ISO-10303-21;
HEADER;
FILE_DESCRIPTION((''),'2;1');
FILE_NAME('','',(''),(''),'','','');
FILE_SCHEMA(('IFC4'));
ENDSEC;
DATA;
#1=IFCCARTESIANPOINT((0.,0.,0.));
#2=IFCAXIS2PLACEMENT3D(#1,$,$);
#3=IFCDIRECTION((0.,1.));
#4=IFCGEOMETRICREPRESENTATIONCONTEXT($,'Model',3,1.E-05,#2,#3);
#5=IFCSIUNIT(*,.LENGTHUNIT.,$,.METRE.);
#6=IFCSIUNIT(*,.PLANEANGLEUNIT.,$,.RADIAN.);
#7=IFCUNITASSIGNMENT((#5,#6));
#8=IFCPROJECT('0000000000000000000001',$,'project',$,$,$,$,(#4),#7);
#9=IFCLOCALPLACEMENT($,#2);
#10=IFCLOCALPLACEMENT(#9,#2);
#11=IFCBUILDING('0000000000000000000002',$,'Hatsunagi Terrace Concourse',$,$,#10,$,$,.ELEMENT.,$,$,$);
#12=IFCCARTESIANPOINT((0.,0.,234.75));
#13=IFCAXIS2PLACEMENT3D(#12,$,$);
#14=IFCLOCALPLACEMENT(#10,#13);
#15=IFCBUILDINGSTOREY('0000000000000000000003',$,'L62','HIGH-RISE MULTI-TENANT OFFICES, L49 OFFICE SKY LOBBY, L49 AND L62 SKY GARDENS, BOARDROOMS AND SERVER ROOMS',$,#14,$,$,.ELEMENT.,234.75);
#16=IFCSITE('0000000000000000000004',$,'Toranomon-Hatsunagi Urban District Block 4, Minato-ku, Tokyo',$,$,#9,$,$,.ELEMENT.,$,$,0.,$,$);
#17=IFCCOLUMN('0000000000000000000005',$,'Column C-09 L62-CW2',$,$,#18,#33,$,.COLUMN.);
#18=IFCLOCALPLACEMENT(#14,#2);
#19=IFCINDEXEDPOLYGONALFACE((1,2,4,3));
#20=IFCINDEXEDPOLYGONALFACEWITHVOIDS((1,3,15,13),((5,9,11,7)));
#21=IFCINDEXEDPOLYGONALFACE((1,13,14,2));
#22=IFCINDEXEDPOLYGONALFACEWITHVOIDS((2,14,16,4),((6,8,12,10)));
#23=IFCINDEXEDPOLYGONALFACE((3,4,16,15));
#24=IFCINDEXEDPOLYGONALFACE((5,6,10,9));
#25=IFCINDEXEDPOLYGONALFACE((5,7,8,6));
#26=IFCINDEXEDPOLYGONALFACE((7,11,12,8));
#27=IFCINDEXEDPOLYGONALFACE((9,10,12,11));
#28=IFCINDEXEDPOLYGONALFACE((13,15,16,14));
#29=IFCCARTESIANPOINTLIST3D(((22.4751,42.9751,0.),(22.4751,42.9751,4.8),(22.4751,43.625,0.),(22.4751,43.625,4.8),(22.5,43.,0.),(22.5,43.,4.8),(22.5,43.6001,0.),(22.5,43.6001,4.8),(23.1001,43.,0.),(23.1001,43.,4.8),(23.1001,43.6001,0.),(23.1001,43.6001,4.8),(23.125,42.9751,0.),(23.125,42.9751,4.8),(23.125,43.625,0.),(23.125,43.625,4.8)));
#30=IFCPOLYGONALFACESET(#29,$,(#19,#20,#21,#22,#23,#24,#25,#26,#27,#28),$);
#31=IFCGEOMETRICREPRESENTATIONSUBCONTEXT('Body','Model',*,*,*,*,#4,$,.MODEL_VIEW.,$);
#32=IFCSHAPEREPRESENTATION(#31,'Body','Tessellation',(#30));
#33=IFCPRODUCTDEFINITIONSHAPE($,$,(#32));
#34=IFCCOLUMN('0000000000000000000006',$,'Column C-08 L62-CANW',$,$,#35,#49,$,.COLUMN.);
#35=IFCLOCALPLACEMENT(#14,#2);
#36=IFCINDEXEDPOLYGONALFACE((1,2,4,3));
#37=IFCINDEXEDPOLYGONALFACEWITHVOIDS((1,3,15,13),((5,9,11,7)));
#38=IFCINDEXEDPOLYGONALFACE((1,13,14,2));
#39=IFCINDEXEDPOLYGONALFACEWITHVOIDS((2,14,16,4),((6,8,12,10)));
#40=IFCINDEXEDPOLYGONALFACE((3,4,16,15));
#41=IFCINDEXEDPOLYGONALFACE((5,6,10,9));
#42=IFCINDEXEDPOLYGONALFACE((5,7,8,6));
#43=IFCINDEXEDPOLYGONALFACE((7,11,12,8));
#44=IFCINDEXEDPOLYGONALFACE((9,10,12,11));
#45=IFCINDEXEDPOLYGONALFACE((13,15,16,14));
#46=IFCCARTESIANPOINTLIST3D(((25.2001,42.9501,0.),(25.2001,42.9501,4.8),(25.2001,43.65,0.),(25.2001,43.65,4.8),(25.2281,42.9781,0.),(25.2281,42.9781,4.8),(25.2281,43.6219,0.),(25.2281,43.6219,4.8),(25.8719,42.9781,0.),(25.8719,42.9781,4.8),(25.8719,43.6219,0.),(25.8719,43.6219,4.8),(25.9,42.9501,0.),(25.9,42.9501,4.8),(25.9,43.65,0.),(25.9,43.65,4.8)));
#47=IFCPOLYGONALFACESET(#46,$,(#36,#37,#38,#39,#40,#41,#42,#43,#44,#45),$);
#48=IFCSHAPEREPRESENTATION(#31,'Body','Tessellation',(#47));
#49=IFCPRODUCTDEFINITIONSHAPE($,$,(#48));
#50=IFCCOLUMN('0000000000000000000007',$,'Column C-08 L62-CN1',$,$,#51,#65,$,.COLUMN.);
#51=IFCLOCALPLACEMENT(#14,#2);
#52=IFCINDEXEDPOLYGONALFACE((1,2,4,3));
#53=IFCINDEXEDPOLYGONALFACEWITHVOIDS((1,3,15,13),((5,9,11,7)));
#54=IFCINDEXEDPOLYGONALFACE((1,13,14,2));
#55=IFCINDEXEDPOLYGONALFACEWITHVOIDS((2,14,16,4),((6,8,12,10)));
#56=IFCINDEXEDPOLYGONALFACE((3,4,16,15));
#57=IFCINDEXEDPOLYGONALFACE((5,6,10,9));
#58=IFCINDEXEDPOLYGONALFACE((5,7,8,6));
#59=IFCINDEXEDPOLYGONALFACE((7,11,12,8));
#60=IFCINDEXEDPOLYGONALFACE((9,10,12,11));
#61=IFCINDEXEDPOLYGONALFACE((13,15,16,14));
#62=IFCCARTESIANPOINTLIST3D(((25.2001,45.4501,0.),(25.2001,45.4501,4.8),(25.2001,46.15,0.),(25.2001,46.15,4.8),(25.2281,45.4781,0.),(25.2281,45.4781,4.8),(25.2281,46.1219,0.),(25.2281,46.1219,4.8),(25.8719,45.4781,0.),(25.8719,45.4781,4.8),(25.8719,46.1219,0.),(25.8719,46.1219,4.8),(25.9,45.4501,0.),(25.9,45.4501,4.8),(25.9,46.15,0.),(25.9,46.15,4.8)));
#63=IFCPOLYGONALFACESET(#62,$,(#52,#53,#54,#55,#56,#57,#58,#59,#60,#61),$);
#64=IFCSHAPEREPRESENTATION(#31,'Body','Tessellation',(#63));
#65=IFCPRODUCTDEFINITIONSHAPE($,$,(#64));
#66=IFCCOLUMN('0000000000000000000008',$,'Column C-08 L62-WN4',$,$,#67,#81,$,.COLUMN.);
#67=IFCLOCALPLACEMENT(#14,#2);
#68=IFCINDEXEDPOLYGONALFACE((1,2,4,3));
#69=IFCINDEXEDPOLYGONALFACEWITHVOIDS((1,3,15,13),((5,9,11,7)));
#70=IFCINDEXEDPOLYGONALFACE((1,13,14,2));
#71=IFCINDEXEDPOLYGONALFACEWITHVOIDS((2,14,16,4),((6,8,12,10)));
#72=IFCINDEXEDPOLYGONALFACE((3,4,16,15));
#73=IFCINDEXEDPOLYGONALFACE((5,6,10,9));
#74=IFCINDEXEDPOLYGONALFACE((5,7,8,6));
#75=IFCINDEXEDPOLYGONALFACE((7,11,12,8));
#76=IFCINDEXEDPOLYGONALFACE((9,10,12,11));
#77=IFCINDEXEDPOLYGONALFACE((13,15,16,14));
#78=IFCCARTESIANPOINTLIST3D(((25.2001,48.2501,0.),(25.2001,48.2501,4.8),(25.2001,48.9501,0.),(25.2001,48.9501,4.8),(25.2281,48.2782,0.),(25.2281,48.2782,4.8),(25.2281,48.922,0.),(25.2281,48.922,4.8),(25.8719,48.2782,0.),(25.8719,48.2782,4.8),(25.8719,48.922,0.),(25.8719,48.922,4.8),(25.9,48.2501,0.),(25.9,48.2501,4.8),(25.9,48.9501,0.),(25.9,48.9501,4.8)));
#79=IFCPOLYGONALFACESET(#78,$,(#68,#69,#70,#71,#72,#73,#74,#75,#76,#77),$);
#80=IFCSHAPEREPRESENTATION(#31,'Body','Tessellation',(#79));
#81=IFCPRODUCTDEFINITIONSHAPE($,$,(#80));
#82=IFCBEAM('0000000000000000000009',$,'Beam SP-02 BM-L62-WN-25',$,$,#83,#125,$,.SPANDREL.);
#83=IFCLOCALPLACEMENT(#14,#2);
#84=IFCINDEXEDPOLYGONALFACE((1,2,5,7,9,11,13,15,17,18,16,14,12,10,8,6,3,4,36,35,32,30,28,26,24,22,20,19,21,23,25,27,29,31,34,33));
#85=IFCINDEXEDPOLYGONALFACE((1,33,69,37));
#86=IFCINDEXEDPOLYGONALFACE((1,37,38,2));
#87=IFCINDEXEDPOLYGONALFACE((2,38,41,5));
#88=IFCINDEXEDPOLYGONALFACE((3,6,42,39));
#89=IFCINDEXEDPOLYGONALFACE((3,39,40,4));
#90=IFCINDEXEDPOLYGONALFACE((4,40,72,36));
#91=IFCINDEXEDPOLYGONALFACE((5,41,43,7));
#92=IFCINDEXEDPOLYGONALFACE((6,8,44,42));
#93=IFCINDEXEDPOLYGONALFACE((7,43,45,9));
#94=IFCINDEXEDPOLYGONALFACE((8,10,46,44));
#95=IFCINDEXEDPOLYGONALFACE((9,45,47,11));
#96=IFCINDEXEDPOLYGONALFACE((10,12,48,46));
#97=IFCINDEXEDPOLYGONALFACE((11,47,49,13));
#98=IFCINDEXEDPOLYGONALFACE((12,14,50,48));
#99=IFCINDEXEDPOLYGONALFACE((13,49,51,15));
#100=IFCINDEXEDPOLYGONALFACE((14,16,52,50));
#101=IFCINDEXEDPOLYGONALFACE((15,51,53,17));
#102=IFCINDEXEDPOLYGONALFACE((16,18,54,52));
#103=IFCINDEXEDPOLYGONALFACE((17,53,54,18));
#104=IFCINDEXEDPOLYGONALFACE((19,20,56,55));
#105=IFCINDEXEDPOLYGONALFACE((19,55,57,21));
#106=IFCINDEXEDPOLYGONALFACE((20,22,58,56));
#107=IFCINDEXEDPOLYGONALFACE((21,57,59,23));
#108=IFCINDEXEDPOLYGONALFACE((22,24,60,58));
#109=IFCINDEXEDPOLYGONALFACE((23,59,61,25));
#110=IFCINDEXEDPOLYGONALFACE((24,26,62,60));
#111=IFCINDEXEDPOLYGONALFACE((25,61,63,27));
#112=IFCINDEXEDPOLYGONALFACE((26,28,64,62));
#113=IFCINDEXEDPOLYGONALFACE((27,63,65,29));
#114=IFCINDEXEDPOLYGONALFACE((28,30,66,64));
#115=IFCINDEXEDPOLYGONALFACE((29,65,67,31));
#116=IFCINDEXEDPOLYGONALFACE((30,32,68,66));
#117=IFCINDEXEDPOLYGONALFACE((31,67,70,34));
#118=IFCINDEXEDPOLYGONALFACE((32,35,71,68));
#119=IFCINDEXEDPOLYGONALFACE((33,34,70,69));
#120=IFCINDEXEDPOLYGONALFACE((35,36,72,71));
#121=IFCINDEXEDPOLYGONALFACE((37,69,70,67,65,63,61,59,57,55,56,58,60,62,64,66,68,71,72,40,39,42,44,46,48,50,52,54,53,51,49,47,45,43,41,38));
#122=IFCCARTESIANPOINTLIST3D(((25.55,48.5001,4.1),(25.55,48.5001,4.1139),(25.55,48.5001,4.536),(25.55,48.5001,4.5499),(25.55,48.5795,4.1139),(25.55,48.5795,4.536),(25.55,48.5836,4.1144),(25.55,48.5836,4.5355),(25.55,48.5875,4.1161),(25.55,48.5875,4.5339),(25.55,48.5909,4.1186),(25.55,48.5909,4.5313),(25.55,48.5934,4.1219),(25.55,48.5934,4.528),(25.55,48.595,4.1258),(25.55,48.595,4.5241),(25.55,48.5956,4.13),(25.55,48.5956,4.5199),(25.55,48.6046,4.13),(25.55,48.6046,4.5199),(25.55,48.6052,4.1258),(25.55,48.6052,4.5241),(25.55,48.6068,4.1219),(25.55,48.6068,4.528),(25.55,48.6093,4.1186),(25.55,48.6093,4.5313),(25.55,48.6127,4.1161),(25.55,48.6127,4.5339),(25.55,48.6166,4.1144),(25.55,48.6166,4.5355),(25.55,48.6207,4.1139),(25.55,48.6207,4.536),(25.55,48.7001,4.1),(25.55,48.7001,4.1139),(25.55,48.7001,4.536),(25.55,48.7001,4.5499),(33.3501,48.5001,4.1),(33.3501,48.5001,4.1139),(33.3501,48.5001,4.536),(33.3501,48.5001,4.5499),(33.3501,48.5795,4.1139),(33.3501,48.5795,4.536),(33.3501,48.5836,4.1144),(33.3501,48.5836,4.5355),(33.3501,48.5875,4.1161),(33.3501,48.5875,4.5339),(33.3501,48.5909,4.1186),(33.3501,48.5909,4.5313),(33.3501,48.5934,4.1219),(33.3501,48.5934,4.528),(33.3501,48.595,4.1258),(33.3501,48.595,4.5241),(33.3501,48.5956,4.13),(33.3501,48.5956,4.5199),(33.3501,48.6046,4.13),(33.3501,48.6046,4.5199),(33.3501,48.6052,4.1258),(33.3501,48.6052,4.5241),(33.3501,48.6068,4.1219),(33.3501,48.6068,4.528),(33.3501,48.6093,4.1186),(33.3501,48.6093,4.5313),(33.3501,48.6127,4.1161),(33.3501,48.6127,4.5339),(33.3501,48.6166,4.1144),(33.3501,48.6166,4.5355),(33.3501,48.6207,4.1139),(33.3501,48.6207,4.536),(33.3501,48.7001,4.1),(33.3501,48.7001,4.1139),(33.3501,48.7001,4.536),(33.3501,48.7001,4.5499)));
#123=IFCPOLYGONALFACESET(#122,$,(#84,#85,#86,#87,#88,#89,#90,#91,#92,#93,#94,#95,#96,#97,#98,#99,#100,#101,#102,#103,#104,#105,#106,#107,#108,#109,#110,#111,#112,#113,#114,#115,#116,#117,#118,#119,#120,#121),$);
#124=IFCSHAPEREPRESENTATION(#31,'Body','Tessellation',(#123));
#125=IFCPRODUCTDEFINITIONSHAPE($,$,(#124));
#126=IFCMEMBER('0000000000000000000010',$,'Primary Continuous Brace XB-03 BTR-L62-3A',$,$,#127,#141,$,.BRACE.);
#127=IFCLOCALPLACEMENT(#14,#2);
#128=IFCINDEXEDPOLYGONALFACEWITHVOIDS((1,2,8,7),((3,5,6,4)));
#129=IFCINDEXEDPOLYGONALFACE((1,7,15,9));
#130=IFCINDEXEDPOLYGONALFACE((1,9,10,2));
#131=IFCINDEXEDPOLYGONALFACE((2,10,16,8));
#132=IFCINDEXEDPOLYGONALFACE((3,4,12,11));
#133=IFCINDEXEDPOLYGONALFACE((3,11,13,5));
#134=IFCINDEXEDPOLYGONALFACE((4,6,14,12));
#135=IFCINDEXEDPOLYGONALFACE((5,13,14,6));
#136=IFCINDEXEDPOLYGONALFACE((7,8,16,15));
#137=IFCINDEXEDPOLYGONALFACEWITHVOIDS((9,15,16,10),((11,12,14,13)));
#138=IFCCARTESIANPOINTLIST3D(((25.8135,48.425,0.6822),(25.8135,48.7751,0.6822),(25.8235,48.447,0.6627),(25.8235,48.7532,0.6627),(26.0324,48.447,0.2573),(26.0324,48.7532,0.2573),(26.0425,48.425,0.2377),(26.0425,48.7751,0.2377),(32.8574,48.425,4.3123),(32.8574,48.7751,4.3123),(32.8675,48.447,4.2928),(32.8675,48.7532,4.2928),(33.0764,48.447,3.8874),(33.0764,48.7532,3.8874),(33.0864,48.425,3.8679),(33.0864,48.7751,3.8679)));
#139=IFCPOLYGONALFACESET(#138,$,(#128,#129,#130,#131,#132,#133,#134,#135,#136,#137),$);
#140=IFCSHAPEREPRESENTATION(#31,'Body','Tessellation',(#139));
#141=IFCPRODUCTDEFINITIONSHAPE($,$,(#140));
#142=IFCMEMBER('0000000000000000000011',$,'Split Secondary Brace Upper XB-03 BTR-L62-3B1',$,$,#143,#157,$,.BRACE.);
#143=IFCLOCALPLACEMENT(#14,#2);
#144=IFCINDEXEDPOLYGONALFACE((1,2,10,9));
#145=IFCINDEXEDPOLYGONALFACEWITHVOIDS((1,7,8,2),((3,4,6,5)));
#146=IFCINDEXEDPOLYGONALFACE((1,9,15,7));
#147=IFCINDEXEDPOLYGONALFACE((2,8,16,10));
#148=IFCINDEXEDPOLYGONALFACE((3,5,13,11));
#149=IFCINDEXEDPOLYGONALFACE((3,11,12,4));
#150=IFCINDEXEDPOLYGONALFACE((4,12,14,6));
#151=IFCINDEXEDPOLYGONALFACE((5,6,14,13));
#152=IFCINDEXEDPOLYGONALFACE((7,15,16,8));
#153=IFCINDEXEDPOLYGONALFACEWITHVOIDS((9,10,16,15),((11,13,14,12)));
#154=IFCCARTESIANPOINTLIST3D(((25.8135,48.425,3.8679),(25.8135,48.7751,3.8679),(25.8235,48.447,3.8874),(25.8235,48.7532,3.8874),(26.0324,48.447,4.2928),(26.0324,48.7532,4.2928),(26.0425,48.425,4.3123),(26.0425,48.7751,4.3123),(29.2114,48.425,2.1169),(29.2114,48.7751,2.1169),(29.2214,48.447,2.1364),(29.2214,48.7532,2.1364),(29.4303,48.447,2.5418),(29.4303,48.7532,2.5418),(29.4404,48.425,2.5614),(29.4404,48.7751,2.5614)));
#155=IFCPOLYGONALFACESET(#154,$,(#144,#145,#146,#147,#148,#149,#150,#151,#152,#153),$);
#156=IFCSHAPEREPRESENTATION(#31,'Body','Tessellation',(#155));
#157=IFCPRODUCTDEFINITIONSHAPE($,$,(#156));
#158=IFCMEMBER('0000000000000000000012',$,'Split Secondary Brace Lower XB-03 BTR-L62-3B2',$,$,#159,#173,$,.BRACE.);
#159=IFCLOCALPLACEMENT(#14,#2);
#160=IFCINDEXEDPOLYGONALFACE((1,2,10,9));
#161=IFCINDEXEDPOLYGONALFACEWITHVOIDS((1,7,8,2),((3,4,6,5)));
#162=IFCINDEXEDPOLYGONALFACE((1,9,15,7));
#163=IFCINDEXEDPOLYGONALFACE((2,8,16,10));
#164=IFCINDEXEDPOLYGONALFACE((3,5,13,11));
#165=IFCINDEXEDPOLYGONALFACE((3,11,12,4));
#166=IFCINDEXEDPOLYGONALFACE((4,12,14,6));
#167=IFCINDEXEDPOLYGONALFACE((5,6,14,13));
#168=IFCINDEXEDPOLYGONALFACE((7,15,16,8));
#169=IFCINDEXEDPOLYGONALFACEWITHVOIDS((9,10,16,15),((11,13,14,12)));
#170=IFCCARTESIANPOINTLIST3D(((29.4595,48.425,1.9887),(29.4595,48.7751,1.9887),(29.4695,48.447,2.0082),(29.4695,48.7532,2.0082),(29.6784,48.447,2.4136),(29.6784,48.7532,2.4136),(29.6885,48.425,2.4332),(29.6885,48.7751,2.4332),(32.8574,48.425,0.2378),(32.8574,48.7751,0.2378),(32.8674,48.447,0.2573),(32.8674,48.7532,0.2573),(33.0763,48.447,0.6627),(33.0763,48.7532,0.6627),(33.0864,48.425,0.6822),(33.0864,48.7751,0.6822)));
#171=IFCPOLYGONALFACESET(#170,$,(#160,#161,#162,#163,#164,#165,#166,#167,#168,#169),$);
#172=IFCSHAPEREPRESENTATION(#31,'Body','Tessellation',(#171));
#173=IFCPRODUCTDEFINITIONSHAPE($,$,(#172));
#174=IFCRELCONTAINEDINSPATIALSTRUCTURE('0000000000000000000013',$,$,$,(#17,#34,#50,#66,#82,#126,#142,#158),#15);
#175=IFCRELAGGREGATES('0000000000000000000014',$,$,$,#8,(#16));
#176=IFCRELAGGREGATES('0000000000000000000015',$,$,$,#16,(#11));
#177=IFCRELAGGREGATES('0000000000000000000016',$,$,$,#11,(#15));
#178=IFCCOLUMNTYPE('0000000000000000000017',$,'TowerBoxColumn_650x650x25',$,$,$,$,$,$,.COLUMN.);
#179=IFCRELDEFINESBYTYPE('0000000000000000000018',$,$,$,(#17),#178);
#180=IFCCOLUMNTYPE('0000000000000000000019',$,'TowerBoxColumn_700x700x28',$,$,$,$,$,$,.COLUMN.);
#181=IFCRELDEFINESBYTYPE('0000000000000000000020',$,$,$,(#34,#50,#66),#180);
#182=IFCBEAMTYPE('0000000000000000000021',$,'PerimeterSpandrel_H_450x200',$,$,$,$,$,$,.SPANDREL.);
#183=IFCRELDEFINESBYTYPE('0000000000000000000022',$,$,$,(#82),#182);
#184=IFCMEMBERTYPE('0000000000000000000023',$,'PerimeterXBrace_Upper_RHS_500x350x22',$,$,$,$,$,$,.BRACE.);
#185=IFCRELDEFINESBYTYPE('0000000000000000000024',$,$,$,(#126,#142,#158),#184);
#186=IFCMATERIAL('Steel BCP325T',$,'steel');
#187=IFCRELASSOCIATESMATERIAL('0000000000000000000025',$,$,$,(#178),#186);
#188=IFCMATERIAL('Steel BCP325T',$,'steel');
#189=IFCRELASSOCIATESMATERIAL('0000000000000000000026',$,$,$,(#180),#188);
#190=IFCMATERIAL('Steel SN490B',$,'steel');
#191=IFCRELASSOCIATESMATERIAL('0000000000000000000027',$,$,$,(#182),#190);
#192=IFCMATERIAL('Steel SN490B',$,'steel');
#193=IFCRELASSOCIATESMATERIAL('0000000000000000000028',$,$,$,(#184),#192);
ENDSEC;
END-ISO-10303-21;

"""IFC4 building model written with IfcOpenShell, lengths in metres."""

from ifc_helpers import new_model, si_unit, direction, frame, origin, origin_2d, place, context, subcontext, project, spatial, hollow_rectangle, i_section, extrude, material, material_profile, profile_set, type_object, element, save


model = new_model("IFC4")

# Units and contexts
model_context = context("Model", 3, precision=1e-05, world=origin(), true_north=direction((0.0, 1.0)))
body_context = subcontext(model_context, "Body", "Model", "MODEL_VIEW")
ifc_project = project(units=[si_unit("LENGTHUNIT", "METRE"), si_unit("PLANEANGLEUNIT", "RADIAN")], contexts=[model_context])

# Site, building, storey
site_placement = place(None, origin())
site = spatial("IfcSite", under=ifc_project, at=site_placement, Name="Toranomon-Hatsunagi Urban District Block 4, Minato-ku, Tokyo", CompositionType="ELEMENT", RefElevation=0.0)
building_placement = place(site_placement, origin())
building = spatial("IfcBuilding", under=site, at=building_placement, Name="Hatsunagi Terrace Concourse", CompositionType="ELEMENT")
storey_placement = place(building_placement, frame((0.0, 0.0, 234.75)))
storey = spatial("IfcBuildingStorey", under=building, at=storey_placement, Name="L62", Description="HIGH-RISE MULTI-TENANT OFFICES, L49 OFFICE SKY LOBBY, L49 AND L62 SKY GARDENS, BOARDROOMS AND SERVER ROOMS", CompositionType="ELEMENT", Elevation=234.75)

# Columns
ifc_material_1 = material(Name="Steel BCP325T", Category="steel")
ifc_material_profile_1 = material_profile(ifc_material_1, hollow_rectangle(XDim=0.6499, YDim=0.6499, WallThickness=0.0249, at=origin_2d()), Name="BCP-650x650x25")
ifc_profile_set_1 = profile_set([ifc_material_profile_1], Name="Steel BCP325T")
column_type_1 = type_object("IfcColumnType", Name="TowerBoxColumn_650x650x25", PredefinedType="COLUMN", material=ifc_profile_set_1)
column_placement = place(storey_placement, frame((22.8, 43.3, 0.0), z_axis=(0.0, 0.0, 1.0), x_axis=(1.0, 0.0, 0.0)))
element("IfcColumn", 1, at=column_placement, inside=storey, type_object=column_type_1, Name="Column C-09 L62-CW2", PredefinedType="COLUMN", context=body_context, shape_type="SweptSolid", body=[
    extrude(hollow_rectangle(XDim=0.6499, YDim=0.6499, WallThickness=0.0249, at=origin_2d()), origin(), (0.0, 0.0, 1.0), 4.8),
])
ifc_material_2 = material(Name="Steel BCP325T", Category="steel")
ifc_material_profile_2 = material_profile(ifc_material_2, hollow_rectangle(XDim=0.7, YDim=0.7, WallThickness=0.0281, at=origin_2d()), Name="BCP-700x700x28")
ifc_profile_set_2 = profile_set([ifc_material_profile_2], Name="Steel BCP325T")
column_type_2 = type_object("IfcColumnType", Name="TowerBoxColumn_700x700x28", PredefinedType="COLUMN", material=ifc_profile_set_2)
for number, where, z_axis, x_axis, name in (
    (2, (25.55, 43.3, 0.0), (0.0, 0.0, 1.0), (1.0, 0.0, 0.0), "Column C-08 L62-CANW"),
    (3, (25.55, 45.8, 0.0), (0.0, 0.0, 1.0), (1.0, 0.0, 0.0), "Column C-08 L62-CN1"),
    (4, (25.55, 48.6001, 0.0), (0.0, 0.0, 1.0), (1.0, 0.0, 0.0), "Column C-08 L62-WN4"),
):
    element("IfcColumn", number, at=place(storey_placement, frame(where, z_axis=z_axis, x_axis=x_axis)), inside=storey, type_object=column_type_2, Name=name, PredefinedType="COLUMN", context=body_context, shape_type="SweptSolid", body=[
        extrude(hollow_rectangle(XDim=0.7, YDim=0.7, WallThickness=0.0281, at=origin_2d()), origin(), (0.0, 0.0, 1.0), 4.8),
    ])

# Beam
ifc_material_3 = material(Name="Steel SN490B", Category="steel")
ifc_material_profile_3 = material_profile(ifc_material_3, i_section(OverallWidth=0.2, OverallDepth=0.45, WebThickness=0.009, FlangeThickness=0.0139, FilletRadius=0.0161, at=origin_2d()), Name="H-450x200x9x14")
ifc_profile_set_3 = profile_set([ifc_material_profile_3], Name="Steel SN490B")
beam_type_1 = type_object("IfcBeamType", Name="PerimeterSpandrel_H_450x200", PredefinedType="SPANDREL", material=ifc_profile_set_3)
beam_1_placement = place(storey_placement, frame((25.55, 48.6001, 4.325), z_axis=(1.0, 0.0, 0.0), x_axis=(0.0, 1.0, 0.0)))
element("IfcBeam", 5, at=beam_1_placement, inside=storey, type_object=beam_type_1, Name="Beam SP-02 BM-L62-WN-25", PredefinedType="SPANDREL", context=body_context, shape_type="SweptSolid", body=[
    extrude(i_section(OverallWidth=0.2, OverallDepth=0.45, WebThickness=0.009, FlangeThickness=0.0139, FilletRadius=0.0161, at=origin_2d()), origin(), (0.0, 0.0, 1.0), 7.8),
])

# Members
ifc_material_4 = material(Name="Steel SN490B", Category="steel")
ifc_material_profile_4 = material_profile(ifc_material_4, hollow_rectangle(XDim=0.3501, YDim=0.5, WallThickness=0.022, at=origin_2d()), Name="RHS-500x350x22")
ifc_profile_set_4 = profile_set([ifc_material_profile_4], Name="Steel SN490B")
member_type = type_object("IfcMemberType", Name="PerimeterXBrace_Upper_RHS_500x350x22", PredefinedType="BRACE", material=ifc_profile_set_4)
member_placement = place(storey_placement, frame((25.928, 48.6001, 0.46), z_axis=(0.888901, 0.0, 0.458099), x_axis=(0.0, 1.0, 0.0)))
element("IfcMember", 6, at=member_placement, inside=storey, type_object=member_type, Name="Primary Continuous Brace XB-03 BTR-L62-3A", PredefinedType="BRACE", context=body_context, shape_type="SweptSolid", body=[
    extrude(hollow_rectangle(XDim=0.3501, YDim=0.5, WallThickness=0.022, at=origin_2d()), origin(), (0.0, 0.0, 1.0), 7.9243),
])
for number, where, z_axis, x_axis, name in (
    (7, (25.928, 48.6001, 4.0901), (0.888919, 0.0, -0.458064), (0.0, 1.0, 0.0), "Split Secondary Brace Upper XB-03 BTR-L62-3B1"),
    (8, (29.574, 48.6001, 2.2109), (0.888919, 0.0, -0.458064), (0.0, 1.0, 0.0), "Split Secondary Brace Lower XB-03 BTR-L62-3B2"),
):
    element("IfcMember", number, at=place(storey_placement, frame(where, z_axis=z_axis, x_axis=x_axis)), inside=storey, type_object=member_type, Name=name, PredefinedType="BRACE", context=body_context, shape_type="SweptSolid", body=[
        extrude(hollow_rectangle(XDim=0.3501, YDim=0.5, WallThickness=0.022, at=origin_2d()), origin(), (0.0, 0.0, 1.0), 3.8225),
    ])

save(model, "model.ifc")
